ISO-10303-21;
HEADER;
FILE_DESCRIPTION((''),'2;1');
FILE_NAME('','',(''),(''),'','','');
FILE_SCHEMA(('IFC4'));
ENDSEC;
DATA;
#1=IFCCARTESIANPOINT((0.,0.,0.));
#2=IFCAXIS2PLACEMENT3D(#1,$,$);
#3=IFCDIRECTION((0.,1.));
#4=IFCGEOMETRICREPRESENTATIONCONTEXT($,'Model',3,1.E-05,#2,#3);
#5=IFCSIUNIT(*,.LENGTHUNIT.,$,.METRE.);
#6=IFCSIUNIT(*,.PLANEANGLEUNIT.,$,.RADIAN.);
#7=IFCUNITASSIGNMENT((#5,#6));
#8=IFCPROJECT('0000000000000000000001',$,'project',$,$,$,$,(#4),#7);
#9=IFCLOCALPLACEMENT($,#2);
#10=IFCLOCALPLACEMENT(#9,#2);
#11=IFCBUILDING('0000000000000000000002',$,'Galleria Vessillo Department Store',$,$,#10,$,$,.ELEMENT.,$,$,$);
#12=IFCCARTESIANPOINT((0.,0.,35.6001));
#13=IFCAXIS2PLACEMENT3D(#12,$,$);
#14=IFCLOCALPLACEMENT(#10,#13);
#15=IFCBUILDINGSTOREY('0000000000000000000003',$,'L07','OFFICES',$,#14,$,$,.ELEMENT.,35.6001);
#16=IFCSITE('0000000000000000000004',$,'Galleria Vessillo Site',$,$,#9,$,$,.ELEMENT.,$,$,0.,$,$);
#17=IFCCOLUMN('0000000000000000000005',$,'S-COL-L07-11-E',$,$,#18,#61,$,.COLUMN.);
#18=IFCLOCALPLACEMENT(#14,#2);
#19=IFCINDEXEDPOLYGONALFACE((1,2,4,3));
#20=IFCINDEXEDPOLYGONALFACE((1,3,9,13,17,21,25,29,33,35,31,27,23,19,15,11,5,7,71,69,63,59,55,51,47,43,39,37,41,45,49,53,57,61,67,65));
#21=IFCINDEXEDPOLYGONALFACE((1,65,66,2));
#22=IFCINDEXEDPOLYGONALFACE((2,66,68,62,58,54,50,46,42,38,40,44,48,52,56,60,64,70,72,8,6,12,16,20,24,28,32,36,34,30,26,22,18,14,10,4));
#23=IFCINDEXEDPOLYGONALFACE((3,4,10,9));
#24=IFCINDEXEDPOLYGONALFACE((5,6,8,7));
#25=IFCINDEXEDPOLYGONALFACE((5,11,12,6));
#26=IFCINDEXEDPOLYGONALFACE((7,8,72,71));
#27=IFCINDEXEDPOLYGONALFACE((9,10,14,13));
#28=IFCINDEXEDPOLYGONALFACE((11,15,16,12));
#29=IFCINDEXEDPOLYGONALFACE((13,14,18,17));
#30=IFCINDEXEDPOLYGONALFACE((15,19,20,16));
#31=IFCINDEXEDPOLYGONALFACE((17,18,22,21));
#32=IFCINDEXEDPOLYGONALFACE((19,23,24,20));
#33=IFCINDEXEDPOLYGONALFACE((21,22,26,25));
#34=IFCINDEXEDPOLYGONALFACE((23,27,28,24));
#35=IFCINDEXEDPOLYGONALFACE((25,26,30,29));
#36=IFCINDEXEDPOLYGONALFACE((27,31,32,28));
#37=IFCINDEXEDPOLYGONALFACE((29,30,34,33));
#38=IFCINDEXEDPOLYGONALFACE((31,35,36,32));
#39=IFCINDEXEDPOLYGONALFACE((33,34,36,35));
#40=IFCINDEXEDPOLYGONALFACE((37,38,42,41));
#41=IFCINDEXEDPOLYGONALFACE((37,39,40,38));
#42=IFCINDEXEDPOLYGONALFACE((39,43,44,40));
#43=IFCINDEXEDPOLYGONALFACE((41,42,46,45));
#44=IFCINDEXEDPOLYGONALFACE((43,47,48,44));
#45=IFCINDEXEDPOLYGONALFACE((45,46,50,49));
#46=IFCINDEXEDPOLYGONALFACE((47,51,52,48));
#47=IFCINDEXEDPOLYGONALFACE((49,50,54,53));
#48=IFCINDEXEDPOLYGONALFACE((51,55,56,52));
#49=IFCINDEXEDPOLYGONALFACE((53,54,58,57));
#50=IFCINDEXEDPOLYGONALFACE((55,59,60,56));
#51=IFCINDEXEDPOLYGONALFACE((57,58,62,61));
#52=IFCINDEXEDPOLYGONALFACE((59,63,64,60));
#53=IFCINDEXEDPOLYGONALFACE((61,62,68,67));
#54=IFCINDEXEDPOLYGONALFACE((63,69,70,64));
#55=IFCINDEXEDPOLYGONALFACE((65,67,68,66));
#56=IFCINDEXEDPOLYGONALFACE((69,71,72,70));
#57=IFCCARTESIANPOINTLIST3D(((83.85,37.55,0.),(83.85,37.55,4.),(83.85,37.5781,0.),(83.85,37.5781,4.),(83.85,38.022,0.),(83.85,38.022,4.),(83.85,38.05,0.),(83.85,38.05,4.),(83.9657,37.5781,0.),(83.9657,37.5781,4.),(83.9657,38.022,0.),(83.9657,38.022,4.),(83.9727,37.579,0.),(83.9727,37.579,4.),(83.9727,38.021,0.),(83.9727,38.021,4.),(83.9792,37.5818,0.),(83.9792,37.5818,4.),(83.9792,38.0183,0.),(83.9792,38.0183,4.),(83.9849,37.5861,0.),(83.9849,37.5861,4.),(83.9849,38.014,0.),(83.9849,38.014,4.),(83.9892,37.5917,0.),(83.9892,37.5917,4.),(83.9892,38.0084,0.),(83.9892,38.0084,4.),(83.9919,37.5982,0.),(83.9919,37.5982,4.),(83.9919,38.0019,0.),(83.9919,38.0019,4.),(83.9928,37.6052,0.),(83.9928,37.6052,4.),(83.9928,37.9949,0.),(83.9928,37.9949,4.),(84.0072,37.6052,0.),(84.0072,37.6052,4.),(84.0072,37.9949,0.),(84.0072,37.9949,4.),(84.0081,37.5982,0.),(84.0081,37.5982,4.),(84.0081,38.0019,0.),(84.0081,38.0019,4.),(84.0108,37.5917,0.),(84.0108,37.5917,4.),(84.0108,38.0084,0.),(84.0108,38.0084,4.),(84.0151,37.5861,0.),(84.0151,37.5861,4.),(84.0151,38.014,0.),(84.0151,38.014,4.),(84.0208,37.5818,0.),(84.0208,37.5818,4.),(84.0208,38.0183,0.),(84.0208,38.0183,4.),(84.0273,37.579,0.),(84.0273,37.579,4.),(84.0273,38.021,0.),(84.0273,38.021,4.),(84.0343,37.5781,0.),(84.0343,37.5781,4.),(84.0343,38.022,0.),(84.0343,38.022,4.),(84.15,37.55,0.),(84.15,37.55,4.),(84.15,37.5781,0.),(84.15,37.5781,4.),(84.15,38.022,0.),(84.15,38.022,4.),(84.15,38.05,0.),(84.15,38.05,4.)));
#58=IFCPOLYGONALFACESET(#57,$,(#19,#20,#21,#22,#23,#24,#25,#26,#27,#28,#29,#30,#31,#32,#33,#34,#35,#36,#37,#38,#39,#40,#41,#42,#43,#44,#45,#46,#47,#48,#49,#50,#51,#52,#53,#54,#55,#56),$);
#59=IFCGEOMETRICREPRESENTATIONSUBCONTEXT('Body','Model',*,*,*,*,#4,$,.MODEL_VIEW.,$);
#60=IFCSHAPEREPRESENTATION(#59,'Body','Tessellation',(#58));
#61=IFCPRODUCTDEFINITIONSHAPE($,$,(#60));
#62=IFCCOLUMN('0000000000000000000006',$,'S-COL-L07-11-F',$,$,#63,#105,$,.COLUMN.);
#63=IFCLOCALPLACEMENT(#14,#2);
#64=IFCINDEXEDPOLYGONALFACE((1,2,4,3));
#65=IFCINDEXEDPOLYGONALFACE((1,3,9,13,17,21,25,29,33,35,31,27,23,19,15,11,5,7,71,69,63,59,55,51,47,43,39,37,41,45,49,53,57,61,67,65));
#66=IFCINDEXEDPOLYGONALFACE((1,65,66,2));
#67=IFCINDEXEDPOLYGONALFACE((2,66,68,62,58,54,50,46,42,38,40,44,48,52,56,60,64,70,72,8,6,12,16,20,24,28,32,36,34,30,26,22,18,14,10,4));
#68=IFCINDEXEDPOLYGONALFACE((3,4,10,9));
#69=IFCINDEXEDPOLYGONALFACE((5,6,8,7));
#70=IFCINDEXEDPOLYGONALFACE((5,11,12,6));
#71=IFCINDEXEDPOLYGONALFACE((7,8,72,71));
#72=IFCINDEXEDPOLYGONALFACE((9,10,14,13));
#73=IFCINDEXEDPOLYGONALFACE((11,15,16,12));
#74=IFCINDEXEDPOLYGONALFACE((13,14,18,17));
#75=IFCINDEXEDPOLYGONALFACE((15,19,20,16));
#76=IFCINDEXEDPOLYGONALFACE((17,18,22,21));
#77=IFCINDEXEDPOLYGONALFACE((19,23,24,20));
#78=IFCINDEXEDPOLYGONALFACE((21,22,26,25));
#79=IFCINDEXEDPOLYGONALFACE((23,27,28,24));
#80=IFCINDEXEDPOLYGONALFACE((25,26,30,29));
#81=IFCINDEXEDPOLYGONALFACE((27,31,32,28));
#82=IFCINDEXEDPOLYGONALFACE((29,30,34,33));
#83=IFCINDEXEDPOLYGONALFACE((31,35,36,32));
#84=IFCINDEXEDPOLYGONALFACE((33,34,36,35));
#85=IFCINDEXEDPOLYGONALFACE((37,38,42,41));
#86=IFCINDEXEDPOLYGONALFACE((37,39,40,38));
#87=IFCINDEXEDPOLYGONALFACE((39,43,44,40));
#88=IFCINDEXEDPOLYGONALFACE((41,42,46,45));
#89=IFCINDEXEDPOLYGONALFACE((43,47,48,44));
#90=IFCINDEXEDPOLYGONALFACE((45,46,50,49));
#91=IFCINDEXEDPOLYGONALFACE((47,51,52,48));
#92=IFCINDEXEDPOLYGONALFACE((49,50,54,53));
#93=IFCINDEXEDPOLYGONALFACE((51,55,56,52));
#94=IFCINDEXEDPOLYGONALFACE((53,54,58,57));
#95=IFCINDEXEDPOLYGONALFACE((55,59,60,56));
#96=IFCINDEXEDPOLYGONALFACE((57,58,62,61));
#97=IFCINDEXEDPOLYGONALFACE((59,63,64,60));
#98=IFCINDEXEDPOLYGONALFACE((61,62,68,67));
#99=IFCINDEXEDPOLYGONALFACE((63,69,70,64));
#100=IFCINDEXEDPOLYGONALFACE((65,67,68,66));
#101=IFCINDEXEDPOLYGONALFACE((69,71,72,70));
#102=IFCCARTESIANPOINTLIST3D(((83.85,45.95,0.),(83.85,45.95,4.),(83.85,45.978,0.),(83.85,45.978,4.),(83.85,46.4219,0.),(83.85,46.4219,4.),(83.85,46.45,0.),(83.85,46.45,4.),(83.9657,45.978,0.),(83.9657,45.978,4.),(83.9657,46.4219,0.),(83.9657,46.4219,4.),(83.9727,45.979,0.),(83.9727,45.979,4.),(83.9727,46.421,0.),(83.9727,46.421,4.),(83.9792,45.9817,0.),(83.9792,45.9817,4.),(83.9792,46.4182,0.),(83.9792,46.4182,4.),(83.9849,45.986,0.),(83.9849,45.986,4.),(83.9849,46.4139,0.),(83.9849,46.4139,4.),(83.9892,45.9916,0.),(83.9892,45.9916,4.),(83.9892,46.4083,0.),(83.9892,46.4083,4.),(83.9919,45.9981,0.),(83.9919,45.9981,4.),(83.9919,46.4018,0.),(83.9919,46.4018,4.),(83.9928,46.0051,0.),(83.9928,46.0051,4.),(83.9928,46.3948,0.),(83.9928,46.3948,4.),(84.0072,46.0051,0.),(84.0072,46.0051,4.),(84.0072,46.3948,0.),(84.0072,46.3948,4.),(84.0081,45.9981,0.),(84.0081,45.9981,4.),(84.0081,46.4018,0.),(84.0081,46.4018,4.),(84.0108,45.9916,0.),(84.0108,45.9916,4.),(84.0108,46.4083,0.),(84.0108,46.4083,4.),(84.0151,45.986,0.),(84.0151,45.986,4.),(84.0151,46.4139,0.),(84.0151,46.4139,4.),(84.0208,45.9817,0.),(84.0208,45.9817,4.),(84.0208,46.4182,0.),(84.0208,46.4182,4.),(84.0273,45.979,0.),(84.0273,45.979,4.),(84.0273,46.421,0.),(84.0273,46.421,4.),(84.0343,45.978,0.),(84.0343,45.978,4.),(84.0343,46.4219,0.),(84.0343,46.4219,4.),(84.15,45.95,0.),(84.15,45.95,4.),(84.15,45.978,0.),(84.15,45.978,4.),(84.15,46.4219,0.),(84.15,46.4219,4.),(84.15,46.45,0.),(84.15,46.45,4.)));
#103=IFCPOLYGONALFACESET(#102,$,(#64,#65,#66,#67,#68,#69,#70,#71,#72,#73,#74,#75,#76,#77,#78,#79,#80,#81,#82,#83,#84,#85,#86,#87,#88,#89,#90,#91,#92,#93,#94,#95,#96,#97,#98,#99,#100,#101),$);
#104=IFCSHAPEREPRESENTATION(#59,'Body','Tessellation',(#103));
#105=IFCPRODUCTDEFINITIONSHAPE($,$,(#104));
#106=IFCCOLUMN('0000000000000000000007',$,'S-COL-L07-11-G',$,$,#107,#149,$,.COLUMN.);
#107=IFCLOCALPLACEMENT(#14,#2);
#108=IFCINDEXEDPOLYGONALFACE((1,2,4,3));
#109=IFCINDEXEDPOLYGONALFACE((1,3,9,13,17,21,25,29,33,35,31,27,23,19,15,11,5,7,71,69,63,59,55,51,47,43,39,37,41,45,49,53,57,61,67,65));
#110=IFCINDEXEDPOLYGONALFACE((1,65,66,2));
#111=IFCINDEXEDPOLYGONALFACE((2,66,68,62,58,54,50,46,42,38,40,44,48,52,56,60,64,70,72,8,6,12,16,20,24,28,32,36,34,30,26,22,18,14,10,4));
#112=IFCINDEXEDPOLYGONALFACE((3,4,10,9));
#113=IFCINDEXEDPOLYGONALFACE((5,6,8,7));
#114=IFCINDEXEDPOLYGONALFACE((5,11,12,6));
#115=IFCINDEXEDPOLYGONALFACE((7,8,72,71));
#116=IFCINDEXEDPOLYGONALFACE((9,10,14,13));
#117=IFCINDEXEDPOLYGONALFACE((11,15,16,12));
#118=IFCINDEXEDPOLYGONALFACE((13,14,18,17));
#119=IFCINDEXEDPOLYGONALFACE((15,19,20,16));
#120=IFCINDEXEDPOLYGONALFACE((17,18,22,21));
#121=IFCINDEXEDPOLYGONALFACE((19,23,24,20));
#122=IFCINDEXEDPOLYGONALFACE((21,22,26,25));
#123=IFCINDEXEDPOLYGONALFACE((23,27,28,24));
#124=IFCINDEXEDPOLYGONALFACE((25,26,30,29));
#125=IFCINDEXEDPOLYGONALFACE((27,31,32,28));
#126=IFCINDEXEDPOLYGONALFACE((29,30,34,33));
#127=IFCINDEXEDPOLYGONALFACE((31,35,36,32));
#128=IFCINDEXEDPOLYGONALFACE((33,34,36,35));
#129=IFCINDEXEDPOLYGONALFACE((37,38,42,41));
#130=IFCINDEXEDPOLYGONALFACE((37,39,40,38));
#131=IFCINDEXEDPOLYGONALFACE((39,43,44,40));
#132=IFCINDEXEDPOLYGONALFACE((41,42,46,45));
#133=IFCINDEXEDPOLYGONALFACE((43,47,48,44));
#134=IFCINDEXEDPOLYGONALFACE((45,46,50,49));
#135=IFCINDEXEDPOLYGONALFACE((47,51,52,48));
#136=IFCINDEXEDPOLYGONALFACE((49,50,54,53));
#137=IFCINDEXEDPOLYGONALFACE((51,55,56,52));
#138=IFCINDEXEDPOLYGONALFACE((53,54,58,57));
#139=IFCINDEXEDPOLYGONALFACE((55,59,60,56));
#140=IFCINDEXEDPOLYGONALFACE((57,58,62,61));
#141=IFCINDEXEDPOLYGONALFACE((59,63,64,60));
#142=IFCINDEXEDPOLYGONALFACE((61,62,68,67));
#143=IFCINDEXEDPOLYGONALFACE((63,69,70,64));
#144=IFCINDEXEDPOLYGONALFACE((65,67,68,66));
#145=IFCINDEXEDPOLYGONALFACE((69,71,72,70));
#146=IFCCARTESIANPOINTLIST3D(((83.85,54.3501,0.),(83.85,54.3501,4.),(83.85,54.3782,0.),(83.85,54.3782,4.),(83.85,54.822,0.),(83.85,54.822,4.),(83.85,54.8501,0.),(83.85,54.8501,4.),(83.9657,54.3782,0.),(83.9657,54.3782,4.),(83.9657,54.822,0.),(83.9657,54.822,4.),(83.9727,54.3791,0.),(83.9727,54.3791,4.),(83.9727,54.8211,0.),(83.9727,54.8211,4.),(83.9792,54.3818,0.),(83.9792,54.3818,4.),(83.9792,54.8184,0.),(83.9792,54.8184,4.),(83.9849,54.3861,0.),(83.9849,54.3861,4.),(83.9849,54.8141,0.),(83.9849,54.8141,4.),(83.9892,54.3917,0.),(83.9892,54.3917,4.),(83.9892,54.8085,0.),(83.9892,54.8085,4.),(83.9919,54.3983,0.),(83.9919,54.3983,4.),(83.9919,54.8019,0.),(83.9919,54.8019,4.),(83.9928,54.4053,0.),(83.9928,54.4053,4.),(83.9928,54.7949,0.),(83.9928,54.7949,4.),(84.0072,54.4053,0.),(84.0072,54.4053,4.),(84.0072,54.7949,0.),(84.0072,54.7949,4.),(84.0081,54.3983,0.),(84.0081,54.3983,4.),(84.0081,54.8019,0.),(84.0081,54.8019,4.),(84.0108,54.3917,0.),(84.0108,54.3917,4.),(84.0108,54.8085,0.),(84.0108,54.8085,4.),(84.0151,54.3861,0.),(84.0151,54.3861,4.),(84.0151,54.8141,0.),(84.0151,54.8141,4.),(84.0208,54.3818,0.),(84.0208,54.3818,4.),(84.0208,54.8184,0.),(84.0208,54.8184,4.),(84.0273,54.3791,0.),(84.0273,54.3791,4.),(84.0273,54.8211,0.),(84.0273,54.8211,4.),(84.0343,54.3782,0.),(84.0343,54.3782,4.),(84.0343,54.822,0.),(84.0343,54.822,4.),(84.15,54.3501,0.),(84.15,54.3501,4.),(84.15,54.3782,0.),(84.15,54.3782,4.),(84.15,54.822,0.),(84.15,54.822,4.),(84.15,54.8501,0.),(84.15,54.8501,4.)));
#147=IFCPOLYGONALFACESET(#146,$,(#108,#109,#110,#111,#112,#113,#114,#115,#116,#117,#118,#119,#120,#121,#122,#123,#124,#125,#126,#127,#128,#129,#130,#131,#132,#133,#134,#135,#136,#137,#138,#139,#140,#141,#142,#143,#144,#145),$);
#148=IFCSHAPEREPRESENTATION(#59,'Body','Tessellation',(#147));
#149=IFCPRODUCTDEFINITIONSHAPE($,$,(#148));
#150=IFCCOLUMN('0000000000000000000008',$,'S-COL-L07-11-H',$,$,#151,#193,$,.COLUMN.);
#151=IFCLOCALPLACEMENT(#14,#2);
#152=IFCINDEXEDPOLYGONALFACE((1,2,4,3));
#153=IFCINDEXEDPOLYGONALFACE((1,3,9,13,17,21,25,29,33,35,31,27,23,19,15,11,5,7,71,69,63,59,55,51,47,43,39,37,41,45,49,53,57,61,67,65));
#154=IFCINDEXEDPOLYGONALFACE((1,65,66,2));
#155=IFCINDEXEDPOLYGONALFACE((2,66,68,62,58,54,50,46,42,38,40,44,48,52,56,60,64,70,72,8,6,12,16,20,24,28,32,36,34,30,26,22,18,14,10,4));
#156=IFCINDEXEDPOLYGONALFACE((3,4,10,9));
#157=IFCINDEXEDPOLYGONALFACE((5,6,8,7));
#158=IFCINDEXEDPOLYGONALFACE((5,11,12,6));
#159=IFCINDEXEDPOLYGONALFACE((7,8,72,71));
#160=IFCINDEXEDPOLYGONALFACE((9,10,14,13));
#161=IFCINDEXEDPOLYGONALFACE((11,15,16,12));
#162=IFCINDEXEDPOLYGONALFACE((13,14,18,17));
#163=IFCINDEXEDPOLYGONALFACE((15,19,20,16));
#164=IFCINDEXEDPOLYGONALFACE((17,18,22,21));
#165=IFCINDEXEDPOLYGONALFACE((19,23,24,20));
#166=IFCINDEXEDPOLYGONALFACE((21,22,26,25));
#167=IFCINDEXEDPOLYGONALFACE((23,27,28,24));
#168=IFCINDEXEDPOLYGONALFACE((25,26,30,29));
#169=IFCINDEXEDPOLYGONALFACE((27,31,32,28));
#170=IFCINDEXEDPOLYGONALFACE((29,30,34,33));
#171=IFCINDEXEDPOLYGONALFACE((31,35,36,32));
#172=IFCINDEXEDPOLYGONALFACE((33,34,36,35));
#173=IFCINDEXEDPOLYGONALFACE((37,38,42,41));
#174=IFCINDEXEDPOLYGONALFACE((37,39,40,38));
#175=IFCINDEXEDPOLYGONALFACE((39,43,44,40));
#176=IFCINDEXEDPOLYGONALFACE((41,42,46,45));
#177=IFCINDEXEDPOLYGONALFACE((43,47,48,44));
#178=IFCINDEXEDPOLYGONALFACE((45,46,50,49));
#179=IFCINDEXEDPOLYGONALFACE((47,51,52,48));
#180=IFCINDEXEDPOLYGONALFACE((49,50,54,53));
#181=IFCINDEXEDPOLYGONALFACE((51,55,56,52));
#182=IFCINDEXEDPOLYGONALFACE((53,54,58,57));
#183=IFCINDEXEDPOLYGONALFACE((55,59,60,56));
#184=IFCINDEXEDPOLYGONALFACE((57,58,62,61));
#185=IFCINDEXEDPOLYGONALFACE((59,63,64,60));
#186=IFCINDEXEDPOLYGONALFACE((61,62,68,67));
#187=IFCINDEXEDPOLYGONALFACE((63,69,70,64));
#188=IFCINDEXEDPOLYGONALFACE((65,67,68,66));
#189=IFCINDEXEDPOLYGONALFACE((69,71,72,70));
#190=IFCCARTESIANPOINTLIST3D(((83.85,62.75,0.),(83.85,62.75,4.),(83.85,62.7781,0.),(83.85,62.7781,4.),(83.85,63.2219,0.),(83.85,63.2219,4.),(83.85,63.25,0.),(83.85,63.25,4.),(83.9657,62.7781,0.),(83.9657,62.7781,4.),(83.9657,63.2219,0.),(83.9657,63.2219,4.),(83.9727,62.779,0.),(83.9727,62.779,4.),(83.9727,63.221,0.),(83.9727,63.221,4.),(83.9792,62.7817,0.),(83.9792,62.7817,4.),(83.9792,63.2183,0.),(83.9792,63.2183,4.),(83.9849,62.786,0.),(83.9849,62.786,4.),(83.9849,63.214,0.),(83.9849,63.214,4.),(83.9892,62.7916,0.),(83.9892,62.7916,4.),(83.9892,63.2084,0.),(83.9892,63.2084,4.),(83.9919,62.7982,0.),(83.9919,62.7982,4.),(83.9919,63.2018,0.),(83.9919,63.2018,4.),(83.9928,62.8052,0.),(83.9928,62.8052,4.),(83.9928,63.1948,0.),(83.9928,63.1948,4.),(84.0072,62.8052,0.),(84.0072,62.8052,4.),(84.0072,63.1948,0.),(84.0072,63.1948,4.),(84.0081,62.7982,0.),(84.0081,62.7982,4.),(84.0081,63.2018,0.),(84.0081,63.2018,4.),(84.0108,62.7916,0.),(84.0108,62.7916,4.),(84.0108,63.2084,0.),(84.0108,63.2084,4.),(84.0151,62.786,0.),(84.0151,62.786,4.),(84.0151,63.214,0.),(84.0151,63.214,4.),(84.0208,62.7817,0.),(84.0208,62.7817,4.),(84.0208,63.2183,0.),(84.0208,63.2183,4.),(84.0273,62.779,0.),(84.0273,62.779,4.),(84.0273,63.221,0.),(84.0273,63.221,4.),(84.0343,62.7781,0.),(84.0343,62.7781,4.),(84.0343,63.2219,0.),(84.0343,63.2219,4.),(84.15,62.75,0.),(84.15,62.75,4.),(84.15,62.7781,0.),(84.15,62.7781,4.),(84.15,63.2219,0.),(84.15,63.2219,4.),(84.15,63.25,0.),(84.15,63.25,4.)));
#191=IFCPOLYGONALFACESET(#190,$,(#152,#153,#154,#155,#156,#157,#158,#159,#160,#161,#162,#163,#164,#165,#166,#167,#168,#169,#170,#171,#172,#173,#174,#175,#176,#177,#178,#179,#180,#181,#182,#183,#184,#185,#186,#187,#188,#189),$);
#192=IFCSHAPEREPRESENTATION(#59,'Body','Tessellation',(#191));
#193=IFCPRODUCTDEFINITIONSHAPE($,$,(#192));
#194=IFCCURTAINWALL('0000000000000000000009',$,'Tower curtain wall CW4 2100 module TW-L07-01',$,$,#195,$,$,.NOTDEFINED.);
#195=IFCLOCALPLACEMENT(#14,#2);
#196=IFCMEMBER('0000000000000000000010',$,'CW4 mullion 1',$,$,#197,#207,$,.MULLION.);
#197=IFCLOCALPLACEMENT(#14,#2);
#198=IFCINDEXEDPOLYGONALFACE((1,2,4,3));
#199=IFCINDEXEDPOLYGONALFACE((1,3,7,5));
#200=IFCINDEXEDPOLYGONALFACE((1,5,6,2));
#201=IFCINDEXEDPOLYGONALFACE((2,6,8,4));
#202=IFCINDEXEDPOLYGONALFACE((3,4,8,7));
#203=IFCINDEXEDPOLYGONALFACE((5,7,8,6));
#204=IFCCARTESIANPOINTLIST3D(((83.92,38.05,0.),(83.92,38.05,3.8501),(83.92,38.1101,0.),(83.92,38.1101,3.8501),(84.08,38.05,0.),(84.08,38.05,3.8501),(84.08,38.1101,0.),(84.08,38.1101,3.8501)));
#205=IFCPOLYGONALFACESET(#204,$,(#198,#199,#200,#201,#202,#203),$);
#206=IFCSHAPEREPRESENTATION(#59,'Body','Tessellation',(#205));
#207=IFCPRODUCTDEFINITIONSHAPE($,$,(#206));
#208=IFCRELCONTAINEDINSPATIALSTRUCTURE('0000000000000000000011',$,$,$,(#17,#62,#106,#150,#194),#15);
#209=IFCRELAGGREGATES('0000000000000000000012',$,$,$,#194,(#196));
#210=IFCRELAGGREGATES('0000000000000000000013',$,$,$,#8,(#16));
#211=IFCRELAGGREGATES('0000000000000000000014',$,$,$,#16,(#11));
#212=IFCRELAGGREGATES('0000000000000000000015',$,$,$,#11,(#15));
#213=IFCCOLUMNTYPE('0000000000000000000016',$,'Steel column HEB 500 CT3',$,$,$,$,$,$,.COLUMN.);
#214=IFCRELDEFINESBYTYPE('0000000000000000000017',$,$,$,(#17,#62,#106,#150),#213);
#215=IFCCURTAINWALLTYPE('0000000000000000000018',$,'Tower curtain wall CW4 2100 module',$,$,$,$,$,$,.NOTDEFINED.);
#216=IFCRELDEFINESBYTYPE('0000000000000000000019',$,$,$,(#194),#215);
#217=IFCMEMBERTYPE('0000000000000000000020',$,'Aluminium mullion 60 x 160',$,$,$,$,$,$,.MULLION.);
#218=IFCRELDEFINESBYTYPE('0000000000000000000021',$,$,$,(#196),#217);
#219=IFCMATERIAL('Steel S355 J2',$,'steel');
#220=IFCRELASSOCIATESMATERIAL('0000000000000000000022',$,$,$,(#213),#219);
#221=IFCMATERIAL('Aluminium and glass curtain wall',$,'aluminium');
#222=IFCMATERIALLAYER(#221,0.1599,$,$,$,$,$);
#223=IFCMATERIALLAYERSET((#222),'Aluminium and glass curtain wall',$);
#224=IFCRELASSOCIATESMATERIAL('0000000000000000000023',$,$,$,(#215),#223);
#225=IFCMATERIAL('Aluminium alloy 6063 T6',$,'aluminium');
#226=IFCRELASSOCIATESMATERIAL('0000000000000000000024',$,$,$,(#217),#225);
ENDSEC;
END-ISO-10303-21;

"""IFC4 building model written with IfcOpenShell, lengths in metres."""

from ifc_helpers import new_model, si_unit, direction, frame, origin, origin_2d, place, context, subcontext, project, spatial, rectangle, i_section, extrude, material, layer, layer_set, material_profile, profile_set, type_object, element, aggregate, save


model = new_model("IFC4")

# Units and contexts
model_context = context("Model", 3, precision=1e-05, world=origin(), true_north=direction((0.0, 1.0)))
body_context = subcontext(model_context, "Body", "Model", "MODEL_VIEW")
ifc_project = project(units=[si_unit("LENGTHUNIT", "METRE"), si_unit("PLANEANGLEUNIT", "RADIAN")], contexts=[model_context])

# Site, building, storey
site_placement = place(None, origin())
site = spatial("IfcSite", under=ifc_project, at=site_placement, Name="Galleria Vessillo Site", CompositionType="ELEMENT", RefElevation=0.0)
building_placement = place(site_placement, origin())
building = spatial("IfcBuilding", under=site, at=building_placement, Name="Galleria Vessillo Department Store", CompositionType="ELEMENT")
storey_placement = place(building_placement, frame((0.0, 0.0, 35.6001)))
storey = spatial("IfcBuildingStorey", under=building, at=storey_placement, Name="L07", Description="OFFICES", CompositionType="ELEMENT", Elevation=35.6001)

# Columns
ifc_material_1 = material(Name="Steel S355 J2", Category="steel")
ifc_material_profile_1 = material_profile(ifc_material_1, i_section(OverallWidth=0.3, OverallDepth=0.5, WebThickness=0.0144, FlangeThickness=0.0281, FilletRadius=0.0271, at=origin_2d()), Name="HEB 500")
ifc_profile_set_1 = profile_set([ifc_material_profile_1], Name="Steel S355 J2")
column_type = type_object("IfcColumnType", Name="Steel column HEB 500 CT3", PredefinedType="COLUMN", material=ifc_profile_set_1)
for number, where, z_axis, x_axis, name in (
    (1, (84.0, 37.8, 0.0), (0.0, 0.0, 1.0), (1.0, 0.0, 0.0), "S-COL-L07-11-E"),
    (2, (84.0, 46.2, 0.0), (0.0, 0.0, 1.0), (1.0, 0.0, 0.0), "S-COL-L07-11-F"),
    (3, (84.0, 54.6001, 0.0), (0.0, 0.0, 1.0), (1.0, 0.0, 0.0), "S-COL-L07-11-G"),
    (4, (84.0, 63.0, 0.0), (0.0, 0.0, 1.0), (1.0, 0.0, 0.0), "S-COL-L07-11-H"),
):
    element("IfcColumn", number, at=place(storey_placement, frame(where, z_axis=z_axis, x_axis=x_axis)), inside=storey, type_object=column_type, Name=name, PredefinedType="COLUMN", context=body_context, shape_type="SweptSolid", body=[
        extrude(i_section(OverallWidth=0.3, OverallDepth=0.5, WebThickness=0.0144, FlangeThickness=0.0281, FilletRadius=0.0271, at=origin_2d()), origin(), (0.0, 0.0, 1.0), 4.0),
    ])

# Curtain wall, member
ifc_material_2 = material(Name="Aluminium and glass curtain wall", Category="aluminium")
ifc_layer_1 = layer(ifc_material_2, 0.1599)
ifc_layer_set_1 = layer_set([ifc_layer_1], Name="Aluminium and glass curtain wall")
curtain_wall_type = type_object("IfcCurtainWallType", Name="Tower curtain wall CW4 2100 module", PredefinedType="NOTDEFINED", material=ifc_layer_set_1)
curtain_wall_placement = place(storey_placement, origin())
curtain_wall = element("IfcCurtainWall", 5, at=curtain_wall_placement, inside=storey, type_object=curtain_wall_type, Name="Tower curtain wall CW4 2100 module TW-L07-01", PredefinedType="NOTDEFINED")
ifc_material_3 = material(Name="Aluminium alloy 6063 T6", Category="aluminium")
ifc_material_profile_2 = material_profile(ifc_material_3, rectangle(XDim=0.1599, YDim=0.0601, at=origin_2d()), Name="AL 60x160")
ifc_profile_set_2 = profile_set([ifc_material_profile_2], Name="Aluminium alloy 6063 T6")
member_type = type_object("IfcMemberType", Name="Aluminium mullion 60 x 160", PredefinedType="MULLION", material=ifc_profile_set_2)
member_placement = place(storey_placement, frame((84.0, 38.0801, 0.0), z_axis=(0.0, 0.0, 1.0), x_axis=(-1.0, 0.0, 0.0)))
member = element("IfcMember", 6, at=member_placement, type_object=member_type, Name="CW4 mullion 1", PredefinedType="MULLION", context=body_context, shape_type="SweptSolid", body=[
    extrude(rectangle(XDim=0.1599, YDim=0.0601, at=origin_2d()), origin(), (0.0, 0.0, 1.0), 3.8501),
])
aggregate(curtain_wall, [member])

save(model, "model.ifc")
